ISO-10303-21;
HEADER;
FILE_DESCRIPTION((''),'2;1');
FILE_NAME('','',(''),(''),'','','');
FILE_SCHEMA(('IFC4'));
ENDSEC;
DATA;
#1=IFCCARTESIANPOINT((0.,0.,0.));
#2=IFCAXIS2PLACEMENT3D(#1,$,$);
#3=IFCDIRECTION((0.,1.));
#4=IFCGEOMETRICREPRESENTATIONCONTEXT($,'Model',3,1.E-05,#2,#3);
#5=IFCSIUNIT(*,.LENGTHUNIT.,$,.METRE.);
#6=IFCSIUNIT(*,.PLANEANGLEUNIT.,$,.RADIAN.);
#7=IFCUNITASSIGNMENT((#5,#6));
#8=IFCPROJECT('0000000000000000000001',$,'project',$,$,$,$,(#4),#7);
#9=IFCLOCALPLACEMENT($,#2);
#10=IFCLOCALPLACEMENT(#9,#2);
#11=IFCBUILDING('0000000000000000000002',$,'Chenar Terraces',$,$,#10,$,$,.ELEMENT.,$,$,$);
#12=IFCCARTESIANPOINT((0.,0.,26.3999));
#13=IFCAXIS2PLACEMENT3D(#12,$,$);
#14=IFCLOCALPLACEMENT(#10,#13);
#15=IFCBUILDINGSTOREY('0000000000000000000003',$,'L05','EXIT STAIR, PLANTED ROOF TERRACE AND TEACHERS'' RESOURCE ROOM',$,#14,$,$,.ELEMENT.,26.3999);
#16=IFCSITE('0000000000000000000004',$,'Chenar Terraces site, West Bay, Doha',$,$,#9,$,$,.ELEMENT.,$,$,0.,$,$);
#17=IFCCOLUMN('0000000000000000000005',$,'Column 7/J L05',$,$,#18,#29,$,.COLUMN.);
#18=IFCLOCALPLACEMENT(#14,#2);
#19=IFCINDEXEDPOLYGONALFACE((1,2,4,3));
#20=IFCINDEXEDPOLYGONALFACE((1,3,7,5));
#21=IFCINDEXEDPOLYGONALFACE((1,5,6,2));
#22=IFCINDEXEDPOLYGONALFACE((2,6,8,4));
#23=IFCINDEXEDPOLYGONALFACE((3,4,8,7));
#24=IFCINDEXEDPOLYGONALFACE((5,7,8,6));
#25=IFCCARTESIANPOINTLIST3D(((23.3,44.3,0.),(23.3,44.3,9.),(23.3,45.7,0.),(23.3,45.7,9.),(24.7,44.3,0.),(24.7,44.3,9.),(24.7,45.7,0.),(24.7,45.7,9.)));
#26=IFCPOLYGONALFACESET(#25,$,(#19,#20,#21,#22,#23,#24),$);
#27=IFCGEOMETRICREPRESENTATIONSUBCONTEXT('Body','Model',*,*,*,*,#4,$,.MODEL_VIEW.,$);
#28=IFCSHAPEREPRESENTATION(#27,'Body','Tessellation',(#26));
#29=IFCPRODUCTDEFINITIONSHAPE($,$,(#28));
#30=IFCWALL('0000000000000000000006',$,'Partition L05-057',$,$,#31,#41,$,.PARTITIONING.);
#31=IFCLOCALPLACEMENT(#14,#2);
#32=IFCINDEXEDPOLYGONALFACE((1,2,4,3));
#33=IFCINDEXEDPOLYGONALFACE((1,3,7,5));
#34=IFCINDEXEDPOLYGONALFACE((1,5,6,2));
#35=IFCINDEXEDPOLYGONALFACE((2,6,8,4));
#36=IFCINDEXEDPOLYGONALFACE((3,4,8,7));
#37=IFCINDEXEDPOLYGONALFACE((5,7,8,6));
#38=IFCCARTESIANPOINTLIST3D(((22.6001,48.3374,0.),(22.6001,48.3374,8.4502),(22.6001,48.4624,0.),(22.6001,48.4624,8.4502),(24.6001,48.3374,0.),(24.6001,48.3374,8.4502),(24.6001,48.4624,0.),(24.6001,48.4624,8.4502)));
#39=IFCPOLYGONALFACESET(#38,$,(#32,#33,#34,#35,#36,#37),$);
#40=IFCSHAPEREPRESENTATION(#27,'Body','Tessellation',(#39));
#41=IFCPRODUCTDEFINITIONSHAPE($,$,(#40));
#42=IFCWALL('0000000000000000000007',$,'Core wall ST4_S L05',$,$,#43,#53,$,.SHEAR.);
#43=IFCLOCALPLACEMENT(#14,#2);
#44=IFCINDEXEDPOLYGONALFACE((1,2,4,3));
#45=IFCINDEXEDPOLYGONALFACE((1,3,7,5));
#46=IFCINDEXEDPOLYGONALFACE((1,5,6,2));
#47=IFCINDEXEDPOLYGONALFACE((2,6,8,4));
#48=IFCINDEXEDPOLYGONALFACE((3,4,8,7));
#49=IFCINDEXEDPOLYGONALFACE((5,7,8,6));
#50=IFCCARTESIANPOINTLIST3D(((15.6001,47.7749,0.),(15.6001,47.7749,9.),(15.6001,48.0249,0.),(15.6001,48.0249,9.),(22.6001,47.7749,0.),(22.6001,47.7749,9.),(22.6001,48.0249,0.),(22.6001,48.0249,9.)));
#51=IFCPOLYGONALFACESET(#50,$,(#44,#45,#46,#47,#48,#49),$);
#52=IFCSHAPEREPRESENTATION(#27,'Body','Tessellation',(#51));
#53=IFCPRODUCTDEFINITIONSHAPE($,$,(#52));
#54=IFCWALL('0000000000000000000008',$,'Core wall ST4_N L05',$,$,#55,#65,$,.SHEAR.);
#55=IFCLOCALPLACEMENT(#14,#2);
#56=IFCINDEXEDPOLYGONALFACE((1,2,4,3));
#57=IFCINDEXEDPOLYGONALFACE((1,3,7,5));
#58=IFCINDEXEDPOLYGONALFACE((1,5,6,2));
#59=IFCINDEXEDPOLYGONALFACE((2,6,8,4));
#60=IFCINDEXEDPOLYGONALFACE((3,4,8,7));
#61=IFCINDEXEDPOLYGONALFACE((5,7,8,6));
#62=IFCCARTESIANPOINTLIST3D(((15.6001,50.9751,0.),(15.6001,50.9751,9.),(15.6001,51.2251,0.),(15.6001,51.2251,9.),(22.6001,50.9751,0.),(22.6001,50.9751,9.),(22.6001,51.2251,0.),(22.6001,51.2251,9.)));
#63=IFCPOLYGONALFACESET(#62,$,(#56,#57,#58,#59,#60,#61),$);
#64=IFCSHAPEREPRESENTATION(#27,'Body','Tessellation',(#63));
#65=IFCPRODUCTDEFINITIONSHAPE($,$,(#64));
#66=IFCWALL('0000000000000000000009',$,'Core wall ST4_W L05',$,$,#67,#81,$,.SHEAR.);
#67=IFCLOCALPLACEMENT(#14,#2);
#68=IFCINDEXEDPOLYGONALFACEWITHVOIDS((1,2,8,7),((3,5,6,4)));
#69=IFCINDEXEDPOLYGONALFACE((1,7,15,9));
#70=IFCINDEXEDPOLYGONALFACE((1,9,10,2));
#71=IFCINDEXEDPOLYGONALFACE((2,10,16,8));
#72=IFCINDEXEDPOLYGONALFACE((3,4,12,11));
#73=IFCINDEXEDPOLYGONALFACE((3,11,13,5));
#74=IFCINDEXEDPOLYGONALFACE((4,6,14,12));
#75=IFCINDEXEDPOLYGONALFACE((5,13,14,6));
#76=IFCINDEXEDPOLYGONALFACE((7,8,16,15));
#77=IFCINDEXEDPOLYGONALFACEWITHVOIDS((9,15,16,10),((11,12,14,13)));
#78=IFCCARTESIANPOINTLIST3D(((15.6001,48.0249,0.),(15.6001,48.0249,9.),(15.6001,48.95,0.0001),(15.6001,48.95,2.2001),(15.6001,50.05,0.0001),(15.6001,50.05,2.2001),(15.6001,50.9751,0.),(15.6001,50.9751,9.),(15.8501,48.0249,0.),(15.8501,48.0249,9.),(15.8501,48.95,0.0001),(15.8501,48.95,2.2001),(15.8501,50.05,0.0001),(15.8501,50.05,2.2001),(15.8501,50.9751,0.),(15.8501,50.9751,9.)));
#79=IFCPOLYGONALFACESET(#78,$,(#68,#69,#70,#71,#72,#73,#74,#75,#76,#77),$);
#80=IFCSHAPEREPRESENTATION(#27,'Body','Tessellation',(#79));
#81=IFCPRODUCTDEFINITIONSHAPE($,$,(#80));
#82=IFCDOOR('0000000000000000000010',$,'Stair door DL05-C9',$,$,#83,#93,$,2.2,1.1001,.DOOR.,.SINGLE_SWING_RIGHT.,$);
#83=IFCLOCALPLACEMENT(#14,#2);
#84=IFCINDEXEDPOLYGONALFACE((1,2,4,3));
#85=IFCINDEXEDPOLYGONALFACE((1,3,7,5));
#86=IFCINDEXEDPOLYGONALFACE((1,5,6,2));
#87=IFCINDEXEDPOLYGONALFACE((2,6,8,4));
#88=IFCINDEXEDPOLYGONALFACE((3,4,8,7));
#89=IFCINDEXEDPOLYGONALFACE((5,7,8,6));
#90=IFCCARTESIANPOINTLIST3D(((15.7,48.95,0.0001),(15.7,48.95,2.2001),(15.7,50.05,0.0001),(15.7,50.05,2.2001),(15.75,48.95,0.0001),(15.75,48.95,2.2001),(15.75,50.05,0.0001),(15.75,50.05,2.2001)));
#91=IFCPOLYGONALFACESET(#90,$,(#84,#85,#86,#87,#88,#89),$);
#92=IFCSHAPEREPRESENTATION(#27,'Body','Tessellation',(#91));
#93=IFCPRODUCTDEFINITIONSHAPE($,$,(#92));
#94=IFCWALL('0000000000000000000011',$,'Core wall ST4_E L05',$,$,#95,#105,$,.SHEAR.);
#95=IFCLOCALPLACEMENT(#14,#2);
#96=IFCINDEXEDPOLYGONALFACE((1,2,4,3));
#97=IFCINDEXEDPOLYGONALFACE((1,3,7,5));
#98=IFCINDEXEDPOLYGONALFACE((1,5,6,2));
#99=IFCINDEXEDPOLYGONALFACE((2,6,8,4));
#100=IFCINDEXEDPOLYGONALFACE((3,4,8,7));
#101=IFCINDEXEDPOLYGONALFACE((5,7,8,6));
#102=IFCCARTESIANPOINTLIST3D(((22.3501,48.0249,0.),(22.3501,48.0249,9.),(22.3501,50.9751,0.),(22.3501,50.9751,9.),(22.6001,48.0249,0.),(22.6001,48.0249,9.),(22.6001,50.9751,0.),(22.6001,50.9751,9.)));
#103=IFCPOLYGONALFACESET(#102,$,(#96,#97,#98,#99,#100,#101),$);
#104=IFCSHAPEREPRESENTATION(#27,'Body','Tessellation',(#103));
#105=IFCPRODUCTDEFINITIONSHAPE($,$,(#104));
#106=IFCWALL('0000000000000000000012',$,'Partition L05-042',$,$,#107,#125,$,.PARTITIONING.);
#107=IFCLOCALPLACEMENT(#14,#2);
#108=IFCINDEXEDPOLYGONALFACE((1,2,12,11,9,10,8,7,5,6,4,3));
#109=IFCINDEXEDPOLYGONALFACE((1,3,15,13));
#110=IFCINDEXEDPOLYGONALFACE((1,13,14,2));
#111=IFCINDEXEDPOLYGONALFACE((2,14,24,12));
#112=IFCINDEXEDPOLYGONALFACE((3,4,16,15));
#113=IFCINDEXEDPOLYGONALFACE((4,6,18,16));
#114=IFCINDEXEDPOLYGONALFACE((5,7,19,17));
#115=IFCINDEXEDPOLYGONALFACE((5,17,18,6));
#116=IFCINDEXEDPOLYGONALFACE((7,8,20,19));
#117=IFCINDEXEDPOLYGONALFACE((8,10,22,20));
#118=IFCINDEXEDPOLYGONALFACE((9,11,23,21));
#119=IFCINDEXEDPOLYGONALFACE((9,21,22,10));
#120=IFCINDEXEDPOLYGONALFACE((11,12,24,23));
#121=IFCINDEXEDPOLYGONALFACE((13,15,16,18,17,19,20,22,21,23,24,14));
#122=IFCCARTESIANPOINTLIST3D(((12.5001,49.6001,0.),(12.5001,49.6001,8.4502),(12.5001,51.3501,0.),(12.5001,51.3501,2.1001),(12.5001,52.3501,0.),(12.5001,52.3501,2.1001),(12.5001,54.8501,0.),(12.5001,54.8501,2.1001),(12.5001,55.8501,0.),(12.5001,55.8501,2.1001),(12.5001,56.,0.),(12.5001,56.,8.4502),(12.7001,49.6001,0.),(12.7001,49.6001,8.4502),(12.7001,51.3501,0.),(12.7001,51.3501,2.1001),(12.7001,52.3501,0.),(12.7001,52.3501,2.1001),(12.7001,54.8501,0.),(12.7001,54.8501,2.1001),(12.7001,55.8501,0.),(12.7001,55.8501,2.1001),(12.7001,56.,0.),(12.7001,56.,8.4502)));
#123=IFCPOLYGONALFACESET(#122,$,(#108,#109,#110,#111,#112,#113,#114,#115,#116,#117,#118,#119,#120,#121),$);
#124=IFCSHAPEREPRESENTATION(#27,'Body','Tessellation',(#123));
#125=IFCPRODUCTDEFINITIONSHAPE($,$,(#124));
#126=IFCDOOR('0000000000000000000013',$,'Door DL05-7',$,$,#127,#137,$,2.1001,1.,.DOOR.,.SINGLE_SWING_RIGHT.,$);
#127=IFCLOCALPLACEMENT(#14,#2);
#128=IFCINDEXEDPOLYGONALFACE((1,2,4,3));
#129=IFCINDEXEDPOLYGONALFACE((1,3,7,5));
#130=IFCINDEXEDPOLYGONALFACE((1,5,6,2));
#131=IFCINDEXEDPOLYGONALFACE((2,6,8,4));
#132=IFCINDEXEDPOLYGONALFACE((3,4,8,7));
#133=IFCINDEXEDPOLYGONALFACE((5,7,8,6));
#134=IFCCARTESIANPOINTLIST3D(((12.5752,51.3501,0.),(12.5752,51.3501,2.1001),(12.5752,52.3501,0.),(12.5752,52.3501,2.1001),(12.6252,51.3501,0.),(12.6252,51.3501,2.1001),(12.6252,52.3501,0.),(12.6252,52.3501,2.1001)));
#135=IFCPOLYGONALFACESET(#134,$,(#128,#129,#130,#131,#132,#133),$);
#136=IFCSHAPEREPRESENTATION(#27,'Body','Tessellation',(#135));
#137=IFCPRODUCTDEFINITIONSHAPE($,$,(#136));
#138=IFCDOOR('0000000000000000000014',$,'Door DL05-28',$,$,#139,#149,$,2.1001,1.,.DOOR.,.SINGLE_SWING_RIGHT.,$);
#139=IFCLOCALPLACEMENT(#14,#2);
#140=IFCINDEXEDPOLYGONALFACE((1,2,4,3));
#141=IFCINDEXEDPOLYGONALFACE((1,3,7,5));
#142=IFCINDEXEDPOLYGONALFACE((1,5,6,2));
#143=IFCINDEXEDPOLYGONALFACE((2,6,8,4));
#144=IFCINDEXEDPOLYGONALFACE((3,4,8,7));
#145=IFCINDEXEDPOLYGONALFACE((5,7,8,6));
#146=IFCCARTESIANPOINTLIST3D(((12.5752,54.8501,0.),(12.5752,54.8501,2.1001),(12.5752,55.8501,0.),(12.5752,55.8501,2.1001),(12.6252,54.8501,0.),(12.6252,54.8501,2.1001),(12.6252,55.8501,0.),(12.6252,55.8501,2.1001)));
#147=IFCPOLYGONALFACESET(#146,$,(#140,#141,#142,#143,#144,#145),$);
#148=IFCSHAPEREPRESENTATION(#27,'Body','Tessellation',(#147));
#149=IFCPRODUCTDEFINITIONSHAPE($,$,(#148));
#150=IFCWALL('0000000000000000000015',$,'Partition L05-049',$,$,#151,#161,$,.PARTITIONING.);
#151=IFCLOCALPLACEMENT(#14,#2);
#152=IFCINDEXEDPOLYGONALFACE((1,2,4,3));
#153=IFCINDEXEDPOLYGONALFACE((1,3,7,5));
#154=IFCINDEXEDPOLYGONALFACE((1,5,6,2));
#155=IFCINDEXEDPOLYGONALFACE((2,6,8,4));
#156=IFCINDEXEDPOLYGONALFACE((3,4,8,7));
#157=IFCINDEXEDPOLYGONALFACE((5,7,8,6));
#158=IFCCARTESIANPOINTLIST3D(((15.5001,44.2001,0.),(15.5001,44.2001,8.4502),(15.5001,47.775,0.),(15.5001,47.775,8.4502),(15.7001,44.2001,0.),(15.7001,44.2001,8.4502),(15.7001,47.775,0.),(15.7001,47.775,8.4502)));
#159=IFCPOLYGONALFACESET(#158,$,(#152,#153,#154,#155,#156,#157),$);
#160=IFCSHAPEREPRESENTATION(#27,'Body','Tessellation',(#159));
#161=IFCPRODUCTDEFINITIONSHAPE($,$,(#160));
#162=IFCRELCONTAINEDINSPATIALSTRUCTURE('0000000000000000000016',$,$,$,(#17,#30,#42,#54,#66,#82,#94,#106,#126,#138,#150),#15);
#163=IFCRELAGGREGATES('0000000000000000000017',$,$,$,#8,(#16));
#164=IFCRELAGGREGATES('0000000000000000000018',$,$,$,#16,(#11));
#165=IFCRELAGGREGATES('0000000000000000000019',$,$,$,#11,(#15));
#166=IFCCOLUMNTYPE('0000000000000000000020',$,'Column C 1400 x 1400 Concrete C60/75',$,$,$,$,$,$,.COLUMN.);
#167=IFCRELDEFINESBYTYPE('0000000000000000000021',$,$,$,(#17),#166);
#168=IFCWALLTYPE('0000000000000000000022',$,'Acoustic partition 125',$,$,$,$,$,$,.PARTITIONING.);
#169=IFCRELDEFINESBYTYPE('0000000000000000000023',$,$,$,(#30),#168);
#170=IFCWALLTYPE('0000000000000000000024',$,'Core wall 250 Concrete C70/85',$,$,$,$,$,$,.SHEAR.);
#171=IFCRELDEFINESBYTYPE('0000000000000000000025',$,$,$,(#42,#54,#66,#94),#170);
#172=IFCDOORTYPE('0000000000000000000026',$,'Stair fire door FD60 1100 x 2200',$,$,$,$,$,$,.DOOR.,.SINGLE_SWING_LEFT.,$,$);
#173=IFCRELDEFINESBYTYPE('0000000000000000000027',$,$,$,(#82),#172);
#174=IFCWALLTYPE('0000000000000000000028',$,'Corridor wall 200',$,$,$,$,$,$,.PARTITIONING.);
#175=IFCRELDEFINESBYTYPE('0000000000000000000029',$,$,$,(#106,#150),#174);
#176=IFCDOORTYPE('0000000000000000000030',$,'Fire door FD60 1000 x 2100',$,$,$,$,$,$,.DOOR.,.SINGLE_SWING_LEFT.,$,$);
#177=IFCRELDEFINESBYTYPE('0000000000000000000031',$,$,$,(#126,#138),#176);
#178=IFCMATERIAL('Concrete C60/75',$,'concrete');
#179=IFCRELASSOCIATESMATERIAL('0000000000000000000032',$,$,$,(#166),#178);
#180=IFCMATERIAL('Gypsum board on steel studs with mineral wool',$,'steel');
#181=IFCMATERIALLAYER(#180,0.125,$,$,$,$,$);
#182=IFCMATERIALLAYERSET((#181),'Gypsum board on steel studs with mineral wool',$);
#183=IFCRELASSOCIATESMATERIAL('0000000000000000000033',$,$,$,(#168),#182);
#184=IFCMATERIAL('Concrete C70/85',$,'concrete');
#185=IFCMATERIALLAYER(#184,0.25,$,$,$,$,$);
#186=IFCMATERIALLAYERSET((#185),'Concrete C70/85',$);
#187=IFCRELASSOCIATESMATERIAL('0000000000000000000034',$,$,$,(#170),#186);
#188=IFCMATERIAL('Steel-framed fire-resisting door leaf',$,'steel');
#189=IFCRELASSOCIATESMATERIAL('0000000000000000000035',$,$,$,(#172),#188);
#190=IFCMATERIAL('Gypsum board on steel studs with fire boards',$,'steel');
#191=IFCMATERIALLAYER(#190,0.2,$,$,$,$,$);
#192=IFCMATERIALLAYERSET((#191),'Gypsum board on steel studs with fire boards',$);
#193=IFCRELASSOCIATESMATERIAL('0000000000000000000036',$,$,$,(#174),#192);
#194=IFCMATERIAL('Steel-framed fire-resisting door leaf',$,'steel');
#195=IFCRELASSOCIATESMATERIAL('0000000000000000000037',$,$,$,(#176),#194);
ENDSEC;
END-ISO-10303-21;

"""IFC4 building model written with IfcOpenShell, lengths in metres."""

from ifc_helpers import new_model, si_unit, direction, frame, frame_2d, origin, origin_2d, place, context, subcontext, project, spatial, rectangle, extrude, material, layer, layer_set, material_profile, profile_set, type_object, element, fill, save


model = new_model("IFC4")

# Units and contexts
model_context = context("Model", 3, precision=1e-05, world=origin(), true_north=direction((0.0, 1.0)))
body_context = subcontext(model_context, "Body", "Model", "MODEL_VIEW")
ifc_project = project(units=[si_unit("LENGTHUNIT", "METRE"), si_unit("PLANEANGLEUNIT", "RADIAN")], contexts=[model_context])

# Site, building, storey
site_placement = place(None, origin())
site = spatial("IfcSite", under=ifc_project, at=site_placement, Name="Chenar Terraces site, West Bay, Doha", CompositionType="ELEMENT", RefElevation=0.0)
building_placement = place(site_placement, origin())
building = spatial("IfcBuilding", under=site, at=building_placement, Name="Chenar Terraces", CompositionType="ELEMENT")
storey_placement = place(building_placement, frame((0.0, 0.0, 26.3999)))
storey = spatial("IfcBuildingStorey", under=building, at=storey_placement, Name="L05", Description="EXIT STAIR, PLANTED ROOF TERRACE AND TEACHERS' RESOURCE ROOM", CompositionType="ELEMENT", Elevation=26.3999)

# Column
ifc_material_1 = material(Name="Concrete C60/75", Category="concrete")
ifc_material_profile = material_profile(ifc_material_1, rectangle(XDim=1.3999, YDim=1.3999, at=origin_2d()), Name="C 1400 x 1400")
ifc_profile_set = profile_set([ifc_material_profile], Name="Concrete C60/75")
column_type = type_object("IfcColumnType", Name="Column C 1400 x 1400 Concrete C60/75", PredefinedType="COLUMN", material=ifc_profile_set)
column_placement = place(storey_placement, frame((24.0, 45.0, 0.0), z_axis=(0.0, 0.0, 1.0), x_axis=(1.0, 0.0, 0.0)))
element("IfcColumn", 1, at=column_placement, inside=storey, type_object=column_type, Name="Column 7/J L05", PredefinedType="COLUMN", context=body_context, shape_type="SweptSolid", body=[
    extrude(rectangle(XDim=1.3999, YDim=1.3999, at=origin_2d()), origin(), (0.0, 0.0, 1.0), 9.0),
])

# Walls
ifc_material_2 = material(Name="Gypsum board on steel studs with mineral wool", Category="steel")
ifc_layer_1 = layer(ifc_material_2, 0.125)
ifc_layer_set_1 = layer_set([ifc_layer_1], Name="Gypsum board on steel studs with mineral wool")
wall_type_1 = type_object("IfcWallType", Name="Acoustic partition 125", PredefinedType="PARTITIONING", material=ifc_layer_set_1)
wall_1_placement = place(storey_placement, frame((22.6001, 48.3999, 0.0), z_axis=(0.0, 0.0, 1.0), x_axis=(1.0, 0.0, 0.0)))
element("IfcWall", 2, at=wall_1_placement, inside=storey, type_object=wall_type_1, Name="Partition L05-057", PredefinedType="PARTITIONING", context=body_context, shape_type="SweptSolid", body=[
    extrude(rectangle(XDim=2.0, YDim=0.125, at=frame_2d((1.0, 0.0))), origin(), (0.0, 0.0, 1.0), 8.4502),
])
ifc_material_3 = material(Name="Concrete C70/85", Category="concrete")
ifc_layer_2 = layer(ifc_material_3, 0.25)
ifc_layer_set_2 = layer_set([ifc_layer_2], Name="Concrete C70/85")
wall_type_2 = type_object("IfcWallType", Name="Core wall 250 Concrete C70/85", PredefinedType="SHEAR", material=ifc_layer_set_2)
for number, where, z_axis, x_axis, name in (
    (3, (15.6001, 47.8999, 0.0), (0.0, 0.0, 1.0), (1.0, 0.0, 0.0), "Core wall ST4_S L05"),
    (4, (15.6001, 51.1001, 0.0), (0.0, 0.0, 1.0), (1.0, 0.0, 0.0), "Core wall ST4_N L05"),
):
    element("IfcWall", number, at=place(storey_placement, frame(where, z_axis=z_axis, x_axis=x_axis)), inside=storey, type_object=wall_type_2, Name=name, PredefinedType="SHEAR", context=body_context, shape_type="SweptSolid", body=[
        extrude(rectangle(XDim=7.0, YDim=0.25, at=frame_2d((3.5, 0.0))), origin(), (0.0, 0.0, 1.0), 9.0),
    ])

# Wall, opening, door
wall_2_placement = place(storey_placement, frame((15.7251, 48.0249, 0.0), z_axis=(0.0, 0.0, 1.0), x_axis=(0.0, 1.0, 0.0)))
wall_2 = element("IfcWall", 5, at=wall_2_placement, inside=storey, type_object=wall_type_2, Name="Core wall ST4_W L05", PredefinedType="SHEAR", context=body_context, shape_type="SweptSolid", body=[
    extrude(rectangle(XDim=2.9502, YDim=0.25, at=frame_2d((1.4751, 0.0))), origin(), (0.0, 0.0, 1.0), 9.0),
])
opening_1_placement = place(wall_2_placement, frame((0.925, 0.0, 0.0)))
opening_1 = element("IfcOpeningElement", 6, at=opening_1_placement, cuts=wall_2, PredefinedType="OPENING", context=body_context, shape_type="SweptSolid", body=[
    extrude(rectangle(XDim=1.1001, YDim=2.2, at=frame_2d((0.55, 1.1001))), frame((0.0, 0.135, 0.0), z_axis=(0.0, -1.0, 0.0), x_axis=(1.0, 0.0, 0.0)), (0.0, 0.0, 1.0), 0.27),
])
ifc_material_4 = material(Name="Steel-framed fire-resisting door leaf", Category="steel")
door_type_1 = type_object("IfcDoorType", Name="Stair fire door FD60 1100 x 2200", OperationType="SINGLE_SWING_LEFT", PredefinedType="DOOR", material=ifc_material_4)
door_1_placement = place(opening_1_placement, frame((1.1001, 0.0, 0.0), z_axis=(0.0, 0.0, 1.0), x_axis=(-1.0, 0.0, 0.0)))
door_1 = element("IfcDoor", 7, at=door_1_placement, inside=storey, type_object=door_type_1, Name="Stair door DL05-C9", OperationType="SINGLE_SWING_RIGHT", OverallHeight=2.2, OverallWidth=1.1001, PredefinedType="DOOR", context=body_context, shape_type="SweptSolid", body=[
    extrude(rectangle(XDim=1.1001, YDim=2.2, at=frame_2d((0.55, 1.1001))), frame((0.0, 0.0249, 0.0), z_axis=(0.0, -1.0, 0.0), x_axis=(1.0, 0.0, 0.0)), (0.0, 0.0, 1.0), 0.05),
])
fill(opening_1, door_1)

# Wall
wall_3_placement = place(storey_placement, frame((22.4751, 48.0249, 0.0), z_axis=(0.0, 0.0, 1.0), x_axis=(0.0, 1.0, 0.0)))
element("IfcWall", 8, at=wall_3_placement, inside=storey, type_object=wall_type_2, Name="Core wall ST4_E L05", PredefinedType="SHEAR", context=body_context, shape_type="SweptSolid", body=[
    extrude(rectangle(XDim=2.9502, YDim=0.25, at=frame_2d((1.4751, 0.0))), origin(), (0.0, 0.0, 1.0), 9.0),
])

# Wall, openings, doors
ifc_material_5 = material(Name="Gypsum board on steel studs with fire boards", Category="steel")
ifc_layer_3 = layer(ifc_material_5, 0.2)
ifc_layer_set_3 = layer_set([ifc_layer_3], Name="Gypsum board on steel studs with fire boards")
wall_type_3 = type_object("IfcWallType", Name="Corridor wall 200", PredefinedType="PARTITIONING", material=ifc_layer_set_3)
wall_4_placement = place(storey_placement, frame((12.6001, 49.6001, 0.0), z_axis=(0.0, 0.0, 1.0), x_axis=(0.0, 1.0, 0.0)))
wall_4 = element("IfcWall", 9, at=wall_4_placement, inside=storey, type_object=wall_type_3, Name="Partition L05-042", PredefinedType="PARTITIONING", context=body_context, shape_type="SweptSolid", body=[
    extrude(rectangle(XDim=6.3999, YDim=0.2, at=frame_2d((3.2, 0.0))), origin(), (0.0, 0.0, 1.0), 8.4502),
])
opening_2_placement = place(wall_4_placement, frame((1.75, 0.0, 0.0)))
opening_2 = element("IfcOpeningElement", 10, at=opening_2_placement, cuts=wall_4, PredefinedType="OPENING", context=body_context, shape_type="SweptSolid", body=[
    extrude(rectangle(XDim=1.0, YDim=2.1001, at=frame_2d((0.5, 1.05))), frame((0.0, 0.1099, 0.0), z_axis=(0.0, -1.0, 0.0), x_axis=(1.0, 0.0, 0.0)), (0.0, 0.0, 1.0), 0.22),
])
opening_3_placement = place(wall_4_placement, frame((5.25, 0.0, 0.0)))
opening_3 = element("IfcOpeningElement", 11, at=opening_3_placement, cuts=wall_4, PredefinedType="OPENING", context=body_context, shape_type="SweptSolid", body=[
    extrude(rectangle(XDim=1.0, YDim=2.1001, at=frame_2d((0.5, 1.05))), frame((0.0, 0.1099, 0.0), z_axis=(0.0, -1.0, 0.0), x_axis=(1.0, 0.0, 0.0)), (0.0, 0.0, 1.0), 0.22),
])
ifc_material_6 = material(Name="Steel-framed fire-resisting door leaf", Category="steel")
door_type_2 = type_object("IfcDoorType", Name="Fire door FD60 1000 x 2100", OperationType="SINGLE_SWING_LEFT", PredefinedType="DOOR", material=ifc_material_6)
door_2_placement = place(opening_2_placement, origin())
door_2 = element("IfcDoor", 12, at=door_2_placement, inside=storey, type_object=door_type_2, Name="Door DL05-7", OperationType="SINGLE_SWING_RIGHT", OverallHeight=2.1001, OverallWidth=1.0, PredefinedType="DOOR", context=body_context, shape_type="SweptSolid", body=[
    extrude(rectangle(XDim=1.0, YDim=2.1001, at=frame_2d((0.5, 1.05))), frame((0.0, 0.0249, 0.0), z_axis=(0.0, -1.0, 0.0), x_axis=(1.0, 0.0, 0.0)), (0.0, 0.0, 1.0), 0.05),
])
fill(opening_2, door_2)
door_3_placement = place(opening_3_placement, origin())
door_3 = element("IfcDoor", 13, at=door_3_placement, inside=storey, type_object=door_type_2, Name="Door DL05-28", OperationType="SINGLE_SWING_RIGHT", OverallHeight=2.1001, OverallWidth=1.0, PredefinedType="DOOR", context=body_context, shape_type="SweptSolid", body=[
    extrude(rectangle(XDim=1.0, YDim=2.1001, at=frame_2d((0.5, 1.05))), frame((0.0, 0.0249, 0.0), z_axis=(0.0, -1.0, 0.0), x_axis=(1.0, 0.0, 0.0)), (0.0, 0.0, 1.0), 0.05),
])
fill(opening_3, door_3)

# Wall
wall_5_placement = place(storey_placement, frame((15.6001, 44.2, 0.0), z_axis=(0.0, 0.0, 1.0), x_axis=(0.0, 1.0, 0.0)))
element("IfcWall", 14, at=wall_5_placement, inside=storey, type_object=wall_type_3, Name="Partition L05-049", PredefinedType="PARTITIONING", context=body_context, shape_type="SweptSolid", body=[
    extrude(rectangle(XDim=3.575, YDim=0.2, at=frame_2d((1.7876, 0.0))), origin(), (0.0, 0.0, 1.0), 8.4502),
])

save(model, "model.ifc")
